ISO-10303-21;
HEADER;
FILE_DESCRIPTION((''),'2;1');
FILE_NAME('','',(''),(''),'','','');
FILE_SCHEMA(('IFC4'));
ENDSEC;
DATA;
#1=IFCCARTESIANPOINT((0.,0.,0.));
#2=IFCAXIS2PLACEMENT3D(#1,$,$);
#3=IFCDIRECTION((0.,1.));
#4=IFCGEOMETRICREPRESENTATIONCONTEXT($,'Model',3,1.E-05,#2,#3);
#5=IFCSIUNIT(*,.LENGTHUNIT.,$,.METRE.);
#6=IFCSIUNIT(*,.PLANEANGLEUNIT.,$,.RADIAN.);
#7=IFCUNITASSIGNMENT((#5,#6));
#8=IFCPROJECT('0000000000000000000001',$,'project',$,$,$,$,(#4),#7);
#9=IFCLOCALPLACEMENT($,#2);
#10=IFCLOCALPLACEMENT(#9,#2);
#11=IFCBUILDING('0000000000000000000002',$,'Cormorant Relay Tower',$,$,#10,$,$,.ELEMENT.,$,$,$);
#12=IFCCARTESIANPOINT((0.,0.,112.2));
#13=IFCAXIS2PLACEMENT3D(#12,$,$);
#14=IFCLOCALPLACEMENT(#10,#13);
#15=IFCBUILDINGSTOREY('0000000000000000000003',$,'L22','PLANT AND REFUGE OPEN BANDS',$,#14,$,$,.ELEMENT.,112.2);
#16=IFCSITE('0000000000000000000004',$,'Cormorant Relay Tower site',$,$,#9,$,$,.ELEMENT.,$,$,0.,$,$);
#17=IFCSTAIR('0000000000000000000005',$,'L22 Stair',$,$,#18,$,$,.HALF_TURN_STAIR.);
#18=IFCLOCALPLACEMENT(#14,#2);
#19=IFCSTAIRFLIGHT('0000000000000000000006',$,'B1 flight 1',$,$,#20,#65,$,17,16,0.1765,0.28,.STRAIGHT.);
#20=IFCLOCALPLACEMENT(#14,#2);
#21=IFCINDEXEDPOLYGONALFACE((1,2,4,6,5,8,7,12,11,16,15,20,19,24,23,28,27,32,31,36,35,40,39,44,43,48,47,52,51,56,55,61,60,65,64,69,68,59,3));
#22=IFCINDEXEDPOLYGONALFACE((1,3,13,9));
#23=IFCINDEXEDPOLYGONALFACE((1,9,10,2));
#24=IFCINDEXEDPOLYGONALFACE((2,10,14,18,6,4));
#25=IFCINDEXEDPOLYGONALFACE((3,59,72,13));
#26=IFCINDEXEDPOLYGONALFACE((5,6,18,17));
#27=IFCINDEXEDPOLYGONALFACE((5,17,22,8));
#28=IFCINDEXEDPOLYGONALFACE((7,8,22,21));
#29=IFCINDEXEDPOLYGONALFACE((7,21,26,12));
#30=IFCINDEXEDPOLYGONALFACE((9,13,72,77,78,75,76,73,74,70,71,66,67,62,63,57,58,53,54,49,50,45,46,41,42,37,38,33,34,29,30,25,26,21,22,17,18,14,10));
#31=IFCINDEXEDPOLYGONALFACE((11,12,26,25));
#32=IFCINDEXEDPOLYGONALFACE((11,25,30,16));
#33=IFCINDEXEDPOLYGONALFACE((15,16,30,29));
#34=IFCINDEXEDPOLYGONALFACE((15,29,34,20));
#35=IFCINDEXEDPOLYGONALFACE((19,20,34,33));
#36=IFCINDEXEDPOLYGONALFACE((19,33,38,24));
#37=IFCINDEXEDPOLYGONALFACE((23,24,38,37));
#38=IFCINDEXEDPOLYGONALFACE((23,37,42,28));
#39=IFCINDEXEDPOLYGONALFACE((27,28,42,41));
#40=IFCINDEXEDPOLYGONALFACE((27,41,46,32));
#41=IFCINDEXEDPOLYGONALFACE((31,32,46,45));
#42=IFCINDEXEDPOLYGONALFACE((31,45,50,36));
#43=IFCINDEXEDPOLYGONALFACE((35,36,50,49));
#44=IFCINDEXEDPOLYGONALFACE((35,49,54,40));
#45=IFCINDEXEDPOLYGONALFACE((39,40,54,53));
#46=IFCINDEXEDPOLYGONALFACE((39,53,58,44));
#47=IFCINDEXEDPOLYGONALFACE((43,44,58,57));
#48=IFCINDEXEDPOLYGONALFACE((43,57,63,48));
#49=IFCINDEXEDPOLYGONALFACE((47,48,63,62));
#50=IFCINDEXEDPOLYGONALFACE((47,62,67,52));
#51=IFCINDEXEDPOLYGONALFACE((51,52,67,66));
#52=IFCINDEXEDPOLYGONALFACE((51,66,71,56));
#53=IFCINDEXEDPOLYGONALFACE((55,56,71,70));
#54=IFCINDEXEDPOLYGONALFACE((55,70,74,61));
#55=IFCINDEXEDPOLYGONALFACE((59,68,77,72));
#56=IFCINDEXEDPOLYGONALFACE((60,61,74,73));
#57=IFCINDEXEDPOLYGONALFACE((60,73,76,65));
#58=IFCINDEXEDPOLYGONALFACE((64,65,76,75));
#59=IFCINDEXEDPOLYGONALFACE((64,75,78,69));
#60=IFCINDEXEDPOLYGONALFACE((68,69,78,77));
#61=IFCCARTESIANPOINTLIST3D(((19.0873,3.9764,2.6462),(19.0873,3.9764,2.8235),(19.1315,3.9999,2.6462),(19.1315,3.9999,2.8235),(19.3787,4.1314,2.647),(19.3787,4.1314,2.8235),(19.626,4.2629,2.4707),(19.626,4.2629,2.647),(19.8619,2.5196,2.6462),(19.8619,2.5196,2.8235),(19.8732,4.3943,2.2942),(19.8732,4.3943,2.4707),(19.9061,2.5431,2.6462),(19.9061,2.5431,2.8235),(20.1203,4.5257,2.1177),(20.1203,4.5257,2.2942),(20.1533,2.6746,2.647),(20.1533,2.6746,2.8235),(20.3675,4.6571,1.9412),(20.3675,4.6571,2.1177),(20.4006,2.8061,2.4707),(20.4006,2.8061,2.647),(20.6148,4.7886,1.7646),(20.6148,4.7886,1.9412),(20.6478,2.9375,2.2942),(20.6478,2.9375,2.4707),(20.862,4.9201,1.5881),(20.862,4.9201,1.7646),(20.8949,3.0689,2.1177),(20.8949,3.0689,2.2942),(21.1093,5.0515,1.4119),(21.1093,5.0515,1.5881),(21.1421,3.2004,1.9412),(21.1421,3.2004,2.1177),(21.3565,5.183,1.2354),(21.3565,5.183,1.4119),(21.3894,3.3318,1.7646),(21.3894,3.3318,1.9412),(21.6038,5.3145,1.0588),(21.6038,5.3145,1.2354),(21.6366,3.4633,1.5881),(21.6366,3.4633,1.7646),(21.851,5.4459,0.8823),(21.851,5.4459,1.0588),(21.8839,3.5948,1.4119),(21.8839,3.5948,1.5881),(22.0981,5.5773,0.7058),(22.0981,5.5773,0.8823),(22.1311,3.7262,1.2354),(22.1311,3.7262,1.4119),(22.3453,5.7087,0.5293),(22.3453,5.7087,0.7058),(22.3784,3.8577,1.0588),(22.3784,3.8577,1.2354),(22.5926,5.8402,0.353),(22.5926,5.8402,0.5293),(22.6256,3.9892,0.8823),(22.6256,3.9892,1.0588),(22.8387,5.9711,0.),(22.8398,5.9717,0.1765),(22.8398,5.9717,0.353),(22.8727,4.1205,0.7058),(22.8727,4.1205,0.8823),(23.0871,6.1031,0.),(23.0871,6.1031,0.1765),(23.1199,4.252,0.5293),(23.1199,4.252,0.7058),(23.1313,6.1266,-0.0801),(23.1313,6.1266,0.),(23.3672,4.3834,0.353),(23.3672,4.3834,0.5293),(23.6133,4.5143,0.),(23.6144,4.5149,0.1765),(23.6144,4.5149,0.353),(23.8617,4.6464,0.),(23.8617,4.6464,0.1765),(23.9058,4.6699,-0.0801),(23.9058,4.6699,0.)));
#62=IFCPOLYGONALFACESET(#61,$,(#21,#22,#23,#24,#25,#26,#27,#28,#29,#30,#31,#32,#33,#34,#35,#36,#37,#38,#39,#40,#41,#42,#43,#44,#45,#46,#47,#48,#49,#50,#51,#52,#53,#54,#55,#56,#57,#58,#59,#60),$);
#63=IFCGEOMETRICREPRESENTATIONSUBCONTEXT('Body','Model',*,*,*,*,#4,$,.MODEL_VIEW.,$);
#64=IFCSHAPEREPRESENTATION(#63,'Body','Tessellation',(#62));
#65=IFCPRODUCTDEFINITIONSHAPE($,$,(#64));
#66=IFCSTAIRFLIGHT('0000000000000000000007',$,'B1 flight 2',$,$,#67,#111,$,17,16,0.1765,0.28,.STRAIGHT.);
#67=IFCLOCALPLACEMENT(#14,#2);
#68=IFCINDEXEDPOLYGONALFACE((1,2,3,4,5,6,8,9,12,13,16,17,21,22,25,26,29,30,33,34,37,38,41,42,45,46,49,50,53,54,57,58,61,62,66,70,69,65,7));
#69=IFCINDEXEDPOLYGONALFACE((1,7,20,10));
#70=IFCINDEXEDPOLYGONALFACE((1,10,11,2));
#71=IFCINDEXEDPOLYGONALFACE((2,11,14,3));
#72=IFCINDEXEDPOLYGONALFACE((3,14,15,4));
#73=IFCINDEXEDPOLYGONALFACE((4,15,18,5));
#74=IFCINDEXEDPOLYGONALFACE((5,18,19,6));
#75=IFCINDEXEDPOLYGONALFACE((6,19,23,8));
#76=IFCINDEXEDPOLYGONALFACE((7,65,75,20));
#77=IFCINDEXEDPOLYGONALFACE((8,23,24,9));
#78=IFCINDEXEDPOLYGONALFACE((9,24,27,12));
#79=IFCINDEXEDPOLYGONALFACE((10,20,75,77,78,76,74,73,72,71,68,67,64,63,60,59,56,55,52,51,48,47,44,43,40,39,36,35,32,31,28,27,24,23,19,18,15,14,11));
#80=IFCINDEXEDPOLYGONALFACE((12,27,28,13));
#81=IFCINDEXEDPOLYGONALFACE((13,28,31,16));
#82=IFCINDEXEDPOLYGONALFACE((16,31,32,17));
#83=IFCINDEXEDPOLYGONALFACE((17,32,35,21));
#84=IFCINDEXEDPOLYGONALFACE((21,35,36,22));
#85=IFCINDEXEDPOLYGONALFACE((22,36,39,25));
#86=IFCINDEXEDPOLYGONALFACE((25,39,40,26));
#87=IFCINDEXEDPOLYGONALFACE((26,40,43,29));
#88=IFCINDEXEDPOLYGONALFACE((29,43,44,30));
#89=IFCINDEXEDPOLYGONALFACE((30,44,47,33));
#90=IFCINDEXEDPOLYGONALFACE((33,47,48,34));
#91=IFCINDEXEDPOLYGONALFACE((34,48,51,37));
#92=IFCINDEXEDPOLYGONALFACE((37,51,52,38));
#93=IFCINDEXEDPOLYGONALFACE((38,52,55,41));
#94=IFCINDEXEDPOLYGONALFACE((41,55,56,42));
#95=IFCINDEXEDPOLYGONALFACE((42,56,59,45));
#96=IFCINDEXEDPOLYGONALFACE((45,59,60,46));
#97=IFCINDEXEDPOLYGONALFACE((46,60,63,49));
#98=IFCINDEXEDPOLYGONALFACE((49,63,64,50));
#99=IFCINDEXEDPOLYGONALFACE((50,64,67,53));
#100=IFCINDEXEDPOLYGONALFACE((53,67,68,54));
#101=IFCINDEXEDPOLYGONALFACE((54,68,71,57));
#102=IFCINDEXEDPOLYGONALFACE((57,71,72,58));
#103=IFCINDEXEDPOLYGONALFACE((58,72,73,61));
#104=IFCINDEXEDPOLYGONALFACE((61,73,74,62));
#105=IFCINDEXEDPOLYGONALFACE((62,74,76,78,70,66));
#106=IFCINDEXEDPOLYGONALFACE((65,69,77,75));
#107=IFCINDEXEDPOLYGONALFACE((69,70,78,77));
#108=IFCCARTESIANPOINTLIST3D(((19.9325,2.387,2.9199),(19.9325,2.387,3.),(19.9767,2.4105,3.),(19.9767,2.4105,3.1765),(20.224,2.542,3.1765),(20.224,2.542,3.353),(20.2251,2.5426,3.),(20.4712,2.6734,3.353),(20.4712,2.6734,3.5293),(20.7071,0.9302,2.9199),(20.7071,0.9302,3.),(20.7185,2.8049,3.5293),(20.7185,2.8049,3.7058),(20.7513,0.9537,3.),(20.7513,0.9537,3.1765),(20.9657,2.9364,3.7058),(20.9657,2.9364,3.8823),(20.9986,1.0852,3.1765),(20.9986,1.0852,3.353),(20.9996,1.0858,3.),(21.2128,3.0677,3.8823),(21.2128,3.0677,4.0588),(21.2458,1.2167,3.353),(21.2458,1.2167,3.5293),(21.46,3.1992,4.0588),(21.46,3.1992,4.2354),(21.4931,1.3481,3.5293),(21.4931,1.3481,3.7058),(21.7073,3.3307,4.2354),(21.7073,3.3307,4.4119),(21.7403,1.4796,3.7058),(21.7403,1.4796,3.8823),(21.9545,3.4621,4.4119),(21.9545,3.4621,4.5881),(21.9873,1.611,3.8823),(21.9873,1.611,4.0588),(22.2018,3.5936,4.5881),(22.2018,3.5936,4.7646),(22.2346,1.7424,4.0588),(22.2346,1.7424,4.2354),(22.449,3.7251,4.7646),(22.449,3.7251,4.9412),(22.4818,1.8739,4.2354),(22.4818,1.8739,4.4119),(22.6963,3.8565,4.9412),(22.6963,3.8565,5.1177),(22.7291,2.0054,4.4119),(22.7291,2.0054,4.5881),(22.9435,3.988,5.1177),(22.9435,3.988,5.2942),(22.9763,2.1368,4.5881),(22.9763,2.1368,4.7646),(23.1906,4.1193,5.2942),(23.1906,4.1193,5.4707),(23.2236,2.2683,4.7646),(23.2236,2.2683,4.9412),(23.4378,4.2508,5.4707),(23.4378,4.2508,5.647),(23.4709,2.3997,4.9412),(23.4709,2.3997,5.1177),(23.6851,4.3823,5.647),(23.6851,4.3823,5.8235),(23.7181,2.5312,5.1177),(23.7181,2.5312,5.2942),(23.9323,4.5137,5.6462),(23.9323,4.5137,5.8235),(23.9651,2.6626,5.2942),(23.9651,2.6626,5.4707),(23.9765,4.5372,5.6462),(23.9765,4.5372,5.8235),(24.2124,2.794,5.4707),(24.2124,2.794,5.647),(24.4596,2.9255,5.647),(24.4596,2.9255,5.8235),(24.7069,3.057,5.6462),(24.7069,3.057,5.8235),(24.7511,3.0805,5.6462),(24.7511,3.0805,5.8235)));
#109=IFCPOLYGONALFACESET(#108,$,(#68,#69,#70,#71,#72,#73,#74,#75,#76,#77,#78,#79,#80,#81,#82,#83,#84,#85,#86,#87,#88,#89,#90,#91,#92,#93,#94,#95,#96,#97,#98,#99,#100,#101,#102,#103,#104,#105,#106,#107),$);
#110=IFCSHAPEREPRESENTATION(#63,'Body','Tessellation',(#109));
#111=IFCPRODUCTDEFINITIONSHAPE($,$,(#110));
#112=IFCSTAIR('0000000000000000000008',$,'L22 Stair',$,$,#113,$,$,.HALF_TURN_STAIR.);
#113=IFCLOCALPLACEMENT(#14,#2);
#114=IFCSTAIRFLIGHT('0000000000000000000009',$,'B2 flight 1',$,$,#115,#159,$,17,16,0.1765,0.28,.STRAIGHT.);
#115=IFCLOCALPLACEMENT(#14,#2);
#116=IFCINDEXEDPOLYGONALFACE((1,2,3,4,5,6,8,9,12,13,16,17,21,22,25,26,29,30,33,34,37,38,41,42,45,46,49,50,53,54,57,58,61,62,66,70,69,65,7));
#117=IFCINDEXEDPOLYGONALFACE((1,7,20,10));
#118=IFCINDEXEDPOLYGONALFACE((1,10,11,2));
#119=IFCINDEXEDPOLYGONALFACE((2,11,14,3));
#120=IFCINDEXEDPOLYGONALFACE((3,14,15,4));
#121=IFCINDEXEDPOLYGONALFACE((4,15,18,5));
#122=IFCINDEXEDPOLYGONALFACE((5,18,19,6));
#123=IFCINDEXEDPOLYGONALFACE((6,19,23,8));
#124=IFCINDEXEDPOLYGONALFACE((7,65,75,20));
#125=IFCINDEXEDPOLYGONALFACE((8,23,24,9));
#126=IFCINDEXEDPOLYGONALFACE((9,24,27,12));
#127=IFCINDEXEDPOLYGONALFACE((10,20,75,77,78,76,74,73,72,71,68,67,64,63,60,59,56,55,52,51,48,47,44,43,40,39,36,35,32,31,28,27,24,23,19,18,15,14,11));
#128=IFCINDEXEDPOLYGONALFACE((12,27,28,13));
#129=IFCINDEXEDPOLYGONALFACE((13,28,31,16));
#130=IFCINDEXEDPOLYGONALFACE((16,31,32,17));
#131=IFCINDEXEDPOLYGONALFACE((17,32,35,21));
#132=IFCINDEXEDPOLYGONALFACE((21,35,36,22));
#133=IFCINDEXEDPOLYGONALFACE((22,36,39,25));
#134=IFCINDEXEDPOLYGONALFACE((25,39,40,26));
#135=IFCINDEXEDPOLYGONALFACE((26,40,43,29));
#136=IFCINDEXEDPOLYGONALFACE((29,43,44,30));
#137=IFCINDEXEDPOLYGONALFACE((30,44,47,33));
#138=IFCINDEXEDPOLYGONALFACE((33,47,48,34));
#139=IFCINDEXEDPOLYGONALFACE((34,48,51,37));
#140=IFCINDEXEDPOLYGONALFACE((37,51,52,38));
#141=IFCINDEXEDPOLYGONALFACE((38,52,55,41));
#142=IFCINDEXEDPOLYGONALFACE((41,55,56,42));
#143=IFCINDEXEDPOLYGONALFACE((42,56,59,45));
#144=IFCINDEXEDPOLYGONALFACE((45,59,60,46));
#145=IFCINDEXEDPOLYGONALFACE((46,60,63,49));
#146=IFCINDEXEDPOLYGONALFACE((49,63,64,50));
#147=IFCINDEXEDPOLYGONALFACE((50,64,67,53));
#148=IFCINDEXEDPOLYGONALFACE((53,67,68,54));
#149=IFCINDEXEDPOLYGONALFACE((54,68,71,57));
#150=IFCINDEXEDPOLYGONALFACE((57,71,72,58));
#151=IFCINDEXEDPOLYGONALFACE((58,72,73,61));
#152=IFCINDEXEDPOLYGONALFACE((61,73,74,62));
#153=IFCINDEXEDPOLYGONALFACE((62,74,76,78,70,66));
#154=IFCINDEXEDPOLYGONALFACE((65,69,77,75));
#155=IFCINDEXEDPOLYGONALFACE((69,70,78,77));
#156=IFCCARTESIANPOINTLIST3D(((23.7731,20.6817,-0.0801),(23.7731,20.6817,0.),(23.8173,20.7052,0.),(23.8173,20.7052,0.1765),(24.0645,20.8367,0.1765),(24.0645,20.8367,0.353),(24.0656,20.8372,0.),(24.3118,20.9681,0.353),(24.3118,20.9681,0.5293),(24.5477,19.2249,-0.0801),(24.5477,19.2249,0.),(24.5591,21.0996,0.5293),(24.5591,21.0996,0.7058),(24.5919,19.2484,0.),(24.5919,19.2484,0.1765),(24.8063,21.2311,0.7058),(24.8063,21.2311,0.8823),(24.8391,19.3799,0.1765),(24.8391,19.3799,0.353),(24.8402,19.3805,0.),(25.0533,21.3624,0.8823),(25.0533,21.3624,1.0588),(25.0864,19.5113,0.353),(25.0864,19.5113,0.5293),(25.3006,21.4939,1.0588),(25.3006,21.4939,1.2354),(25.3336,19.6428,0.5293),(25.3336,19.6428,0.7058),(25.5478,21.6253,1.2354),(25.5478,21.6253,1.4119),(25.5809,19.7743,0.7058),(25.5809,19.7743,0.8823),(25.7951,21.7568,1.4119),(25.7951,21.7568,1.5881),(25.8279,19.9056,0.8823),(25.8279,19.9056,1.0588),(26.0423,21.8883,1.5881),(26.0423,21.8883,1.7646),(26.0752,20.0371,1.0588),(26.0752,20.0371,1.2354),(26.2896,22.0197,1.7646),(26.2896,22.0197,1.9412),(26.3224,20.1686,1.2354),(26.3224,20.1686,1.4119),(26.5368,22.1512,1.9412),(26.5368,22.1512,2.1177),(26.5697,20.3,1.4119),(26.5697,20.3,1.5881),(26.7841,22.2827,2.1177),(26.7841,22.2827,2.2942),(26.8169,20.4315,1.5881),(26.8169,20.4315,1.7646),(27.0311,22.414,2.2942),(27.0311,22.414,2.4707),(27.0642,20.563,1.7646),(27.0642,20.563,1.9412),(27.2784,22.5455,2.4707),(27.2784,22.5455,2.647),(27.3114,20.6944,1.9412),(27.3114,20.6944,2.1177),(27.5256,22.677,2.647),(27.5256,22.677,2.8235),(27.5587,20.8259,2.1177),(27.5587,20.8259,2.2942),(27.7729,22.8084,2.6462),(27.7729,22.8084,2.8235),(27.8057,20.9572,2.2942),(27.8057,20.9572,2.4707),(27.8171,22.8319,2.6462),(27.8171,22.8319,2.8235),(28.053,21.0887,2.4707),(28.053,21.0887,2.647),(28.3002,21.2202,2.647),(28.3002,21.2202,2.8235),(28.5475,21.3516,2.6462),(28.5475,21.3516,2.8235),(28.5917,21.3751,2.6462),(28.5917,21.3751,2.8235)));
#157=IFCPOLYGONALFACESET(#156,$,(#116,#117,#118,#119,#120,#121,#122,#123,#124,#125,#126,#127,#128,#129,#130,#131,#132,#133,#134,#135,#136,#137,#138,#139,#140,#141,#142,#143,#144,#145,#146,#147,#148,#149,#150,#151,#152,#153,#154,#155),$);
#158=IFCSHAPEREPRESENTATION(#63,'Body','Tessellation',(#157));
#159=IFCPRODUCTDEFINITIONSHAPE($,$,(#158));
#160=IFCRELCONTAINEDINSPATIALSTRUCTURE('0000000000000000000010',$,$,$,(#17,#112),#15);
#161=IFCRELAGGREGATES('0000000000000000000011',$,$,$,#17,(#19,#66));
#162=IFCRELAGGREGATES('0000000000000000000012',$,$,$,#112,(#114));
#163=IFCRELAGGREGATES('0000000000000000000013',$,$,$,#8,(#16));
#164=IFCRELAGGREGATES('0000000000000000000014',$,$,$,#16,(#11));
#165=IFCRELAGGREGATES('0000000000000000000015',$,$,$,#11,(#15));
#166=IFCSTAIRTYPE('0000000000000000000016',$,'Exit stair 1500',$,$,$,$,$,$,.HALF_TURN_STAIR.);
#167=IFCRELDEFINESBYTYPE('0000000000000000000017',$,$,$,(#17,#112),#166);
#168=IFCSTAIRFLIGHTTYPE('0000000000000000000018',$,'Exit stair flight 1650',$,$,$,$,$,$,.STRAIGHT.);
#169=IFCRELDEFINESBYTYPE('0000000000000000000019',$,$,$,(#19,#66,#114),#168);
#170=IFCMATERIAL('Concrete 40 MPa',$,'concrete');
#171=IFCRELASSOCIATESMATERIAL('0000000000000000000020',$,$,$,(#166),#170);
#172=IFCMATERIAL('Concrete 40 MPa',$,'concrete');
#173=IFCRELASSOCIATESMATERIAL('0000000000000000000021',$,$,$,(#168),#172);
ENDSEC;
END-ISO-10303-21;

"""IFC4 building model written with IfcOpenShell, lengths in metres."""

from ifc_helpers import new_model, si_unit, direction, frame, origin, place, context, subcontext, project, spatial, polyline, outline, extrude, material, type_object, element, aggregate, save


model = new_model("IFC4")

# Units and contexts
model_context = context("Model", 3, precision=1e-05, world=origin(), true_north=direction((0.0, 1.0)))
body_context = subcontext(model_context, "Body", "Model", "MODEL_VIEW")
ifc_project = project(units=[si_unit("LENGTHUNIT", "METRE"), si_unit("PLANEANGLEUNIT", "RADIAN")], contexts=[model_context])

# Site, building, storey
site_placement = place(None, origin())
site = spatial("IfcSite", under=ifc_project, at=site_placement, Name="Cormorant Relay Tower site", CompositionType="ELEMENT", RefElevation=0.0)
building_placement = place(site_placement, origin())
building = spatial("IfcBuilding", under=site, at=building_placement, Name="Cormorant Relay Tower", CompositionType="ELEMENT")
storey_placement = place(building_placement, frame((0.0, 0.0, 112.2)))
storey = spatial("IfcBuildingStorey", under=building, at=storey_placement, Name="L22", Description="PLANT AND REFUGE OPEN BANDS", CompositionType="ELEMENT", Elevation=112.2)

# Stair, stair flights
ifc_material_1 = material(Name="Concrete 40 MPa", Category="concrete")
stair_type = type_object("IfcStairType", Name="Exit stair 1500", PredefinedType="HALF_TURN_STAIR", material=ifc_material_1)
stair_1_placement = place(storey_placement, origin())
stair_1 = element("IfcStair", 1, at=stair_1_placement, inside=storey, type_object=stair_type, Name="L22 Stair", PredefinedType="HALF_TURN_STAIR")
ifc_material_2 = material(Name="Concrete 40 MPa", Category="concrete")
stair_flight_type = type_object("IfcStairFlightType", Name="Exit stair flight 1650", PredefinedType="STRAIGHT", material=ifc_material_2)
stair_flight_1_placement = place(storey_placement, frame((23.4744, 5.3748, 0.0), z_axis=(0.0, 0.0, 1.0), x_axis=(-0.882948, -0.469472, 0.0)))
stair_flight_1 = element("IfcStairFlight", 2, at=stair_flight_1_placement, type_object=stair_flight_type, Name="B1 flight 1", NumberOfRisers=17, NumberOfTreads=16, PredefinedType="STRAIGHT", RiserHeight=0.1765, TreadLength=0.28, context=body_context, shape_type="SweptSolid", body=[
    extrude(outline(polyline([(-0.05, -0.0801), (-0.05, 0.0), (0.0, 0.0), (0.0, 0.1765), (0.28, 0.1765), (0.28, 0.353), (0.5601, 0.353), (0.5601, 0.5293), (0.8401, 0.5293), (0.8401, 0.7058), (1.1201, 0.7058), (1.1201, 0.8823), (1.3999, 0.8823), (1.3999, 1.0588), (1.6799, 1.0588), (1.6799, 1.2354), (1.96, 1.2354), (1.96, 1.4119), (2.24, 1.4119), (2.24, 1.5881), (2.52, 1.5881), (2.52, 1.7646), (2.8, 1.7646), (2.8, 1.9412), (3.0801, 1.9412), (3.0801, 2.1177), (3.3601, 2.1177), (3.3601, 2.2942), (3.6399, 2.2942), (3.6399, 2.4707), (3.9199, 2.4707), (3.9199, 2.647), (4.2, 2.647), (4.2, 2.8235), (4.48, 2.8235), (4.53, 2.8235), (4.53, 2.6462), (4.48, 2.6462), (0.2812, 0.0), (-0.05, -0.0801)])), frame((0.0, 0.825, 0.0), z_axis=(0.0, -1.0, 0.0), x_axis=(1.0, 0.0, 0.0)), (0.0, 0.0, 1.0), 1.6499),
])
stair_flight_2_placement = place(storey_placement, frame((20.364, 1.6821, 3.0), z_axis=(0.0, 0.0, 1.0), x_axis=(0.882948, 0.469472, 0.0)))
stair_flight_2 = element("IfcStairFlight", 3, at=stair_flight_2_placement, type_object=stair_flight_type, Name="B1 flight 2", NumberOfRisers=17, NumberOfTreads=16, PredefinedType="STRAIGHT", RiserHeight=0.1765, TreadLength=0.28, context=body_context, shape_type="SweptSolid", body=[
    extrude(outline(polyline([(-0.05, -0.0801), (-0.05, 0.0), (0.0, 0.0), (0.0, 0.1765), (0.28, 0.1765), (0.28, 0.353), (0.5601, 0.353), (0.5601, 0.5293), (0.8401, 0.5293), (0.8401, 0.7058), (1.1201, 0.7058), (1.1201, 0.8823), (1.3999, 0.8823), (1.3999, 1.0588), (1.6799, 1.0588), (1.6799, 1.2354), (1.96, 1.2354), (1.96, 1.4119), (2.24, 1.4119), (2.24, 1.5881), (2.52, 1.5881), (2.52, 1.7646), (2.8, 1.7646), (2.8, 1.9412), (3.0801, 1.9412), (3.0801, 2.1177), (3.3601, 2.1177), (3.3601, 2.2942), (3.6399, 2.2942), (3.6399, 2.4707), (3.9199, 2.4707), (3.9199, 2.647), (4.2, 2.647), (4.2, 2.8235), (4.48, 2.8235), (4.53, 2.8235), (4.53, 2.6462), (4.48, 2.6462), (0.2812, 0.0), (-0.05, -0.0801)])), frame((0.0, 0.825, 0.0), z_axis=(0.0, -1.0, 0.0), x_axis=(1.0, 0.0, 0.0)), (0.0, 0.0, 1.0), 1.6499),
])
aggregate(stair_1, [stair_flight_1, stair_flight_2])

# Stair, stair flight
stair_2_placement = place(storey_placement, origin())
stair_2 = element("IfcStair", 4, at=stair_2_placement, inside=storey, type_object=stair_type, Name="L22 Stair", PredefinedType="HALF_TURN_STAIR")
stair_flight_3_placement = place(storey_placement, frame((24.2046, 19.9768, 0.0), z_axis=(0.0, 0.0, 1.0), x_axis=(0.882948, 0.469472, 0.0)))
stair_flight_3 = element("IfcStairFlight", 5, at=stair_flight_3_placement, type_object=stair_flight_type, Name="B2 flight 1", NumberOfRisers=17, NumberOfTreads=16, PredefinedType="STRAIGHT", RiserHeight=0.1765, TreadLength=0.28, context=body_context, shape_type="SweptSolid", body=[
    extrude(outline(polyline([(-0.05, -0.0801), (-0.05, 0.0), (0.0, 0.0), (0.0, 0.1765), (0.28, 0.1765), (0.28, 0.353), (0.5601, 0.353), (0.5601, 0.5293), (0.8401, 0.5293), (0.8401, 0.7058), (1.1201, 0.7058), (1.1201, 0.8823), (1.3999, 0.8823), (1.3999, 1.0588), (1.6799, 1.0588), (1.6799, 1.2354), (1.96, 1.2354), (1.96, 1.4119), (2.24, 1.4119), (2.24, 1.5881), (2.52, 1.5881), (2.52, 1.7646), (2.8, 1.7646), (2.8, 1.9412), (3.0801, 1.9412), (3.0801, 2.1177), (3.3601, 2.1177), (3.3601, 2.2942), (3.6399, 2.2942), (3.6399, 2.4707), (3.9199, 2.4707), (3.9199, 2.647), (4.2, 2.647), (4.2, 2.8235), (4.48, 2.8235), (4.53, 2.8235), (4.53, 2.6462), (4.48, 2.6462), (0.2812, 0.0), (-0.05, -0.0801)])), frame((0.0, 0.825, 0.0), z_axis=(0.0, -1.0, 0.0), x_axis=(1.0, 0.0, 0.0)), (0.0, 0.0, 1.0), 1.6499),
])
aggregate(stair_2, [stair_flight_3])

save(model, "model.ifc")
